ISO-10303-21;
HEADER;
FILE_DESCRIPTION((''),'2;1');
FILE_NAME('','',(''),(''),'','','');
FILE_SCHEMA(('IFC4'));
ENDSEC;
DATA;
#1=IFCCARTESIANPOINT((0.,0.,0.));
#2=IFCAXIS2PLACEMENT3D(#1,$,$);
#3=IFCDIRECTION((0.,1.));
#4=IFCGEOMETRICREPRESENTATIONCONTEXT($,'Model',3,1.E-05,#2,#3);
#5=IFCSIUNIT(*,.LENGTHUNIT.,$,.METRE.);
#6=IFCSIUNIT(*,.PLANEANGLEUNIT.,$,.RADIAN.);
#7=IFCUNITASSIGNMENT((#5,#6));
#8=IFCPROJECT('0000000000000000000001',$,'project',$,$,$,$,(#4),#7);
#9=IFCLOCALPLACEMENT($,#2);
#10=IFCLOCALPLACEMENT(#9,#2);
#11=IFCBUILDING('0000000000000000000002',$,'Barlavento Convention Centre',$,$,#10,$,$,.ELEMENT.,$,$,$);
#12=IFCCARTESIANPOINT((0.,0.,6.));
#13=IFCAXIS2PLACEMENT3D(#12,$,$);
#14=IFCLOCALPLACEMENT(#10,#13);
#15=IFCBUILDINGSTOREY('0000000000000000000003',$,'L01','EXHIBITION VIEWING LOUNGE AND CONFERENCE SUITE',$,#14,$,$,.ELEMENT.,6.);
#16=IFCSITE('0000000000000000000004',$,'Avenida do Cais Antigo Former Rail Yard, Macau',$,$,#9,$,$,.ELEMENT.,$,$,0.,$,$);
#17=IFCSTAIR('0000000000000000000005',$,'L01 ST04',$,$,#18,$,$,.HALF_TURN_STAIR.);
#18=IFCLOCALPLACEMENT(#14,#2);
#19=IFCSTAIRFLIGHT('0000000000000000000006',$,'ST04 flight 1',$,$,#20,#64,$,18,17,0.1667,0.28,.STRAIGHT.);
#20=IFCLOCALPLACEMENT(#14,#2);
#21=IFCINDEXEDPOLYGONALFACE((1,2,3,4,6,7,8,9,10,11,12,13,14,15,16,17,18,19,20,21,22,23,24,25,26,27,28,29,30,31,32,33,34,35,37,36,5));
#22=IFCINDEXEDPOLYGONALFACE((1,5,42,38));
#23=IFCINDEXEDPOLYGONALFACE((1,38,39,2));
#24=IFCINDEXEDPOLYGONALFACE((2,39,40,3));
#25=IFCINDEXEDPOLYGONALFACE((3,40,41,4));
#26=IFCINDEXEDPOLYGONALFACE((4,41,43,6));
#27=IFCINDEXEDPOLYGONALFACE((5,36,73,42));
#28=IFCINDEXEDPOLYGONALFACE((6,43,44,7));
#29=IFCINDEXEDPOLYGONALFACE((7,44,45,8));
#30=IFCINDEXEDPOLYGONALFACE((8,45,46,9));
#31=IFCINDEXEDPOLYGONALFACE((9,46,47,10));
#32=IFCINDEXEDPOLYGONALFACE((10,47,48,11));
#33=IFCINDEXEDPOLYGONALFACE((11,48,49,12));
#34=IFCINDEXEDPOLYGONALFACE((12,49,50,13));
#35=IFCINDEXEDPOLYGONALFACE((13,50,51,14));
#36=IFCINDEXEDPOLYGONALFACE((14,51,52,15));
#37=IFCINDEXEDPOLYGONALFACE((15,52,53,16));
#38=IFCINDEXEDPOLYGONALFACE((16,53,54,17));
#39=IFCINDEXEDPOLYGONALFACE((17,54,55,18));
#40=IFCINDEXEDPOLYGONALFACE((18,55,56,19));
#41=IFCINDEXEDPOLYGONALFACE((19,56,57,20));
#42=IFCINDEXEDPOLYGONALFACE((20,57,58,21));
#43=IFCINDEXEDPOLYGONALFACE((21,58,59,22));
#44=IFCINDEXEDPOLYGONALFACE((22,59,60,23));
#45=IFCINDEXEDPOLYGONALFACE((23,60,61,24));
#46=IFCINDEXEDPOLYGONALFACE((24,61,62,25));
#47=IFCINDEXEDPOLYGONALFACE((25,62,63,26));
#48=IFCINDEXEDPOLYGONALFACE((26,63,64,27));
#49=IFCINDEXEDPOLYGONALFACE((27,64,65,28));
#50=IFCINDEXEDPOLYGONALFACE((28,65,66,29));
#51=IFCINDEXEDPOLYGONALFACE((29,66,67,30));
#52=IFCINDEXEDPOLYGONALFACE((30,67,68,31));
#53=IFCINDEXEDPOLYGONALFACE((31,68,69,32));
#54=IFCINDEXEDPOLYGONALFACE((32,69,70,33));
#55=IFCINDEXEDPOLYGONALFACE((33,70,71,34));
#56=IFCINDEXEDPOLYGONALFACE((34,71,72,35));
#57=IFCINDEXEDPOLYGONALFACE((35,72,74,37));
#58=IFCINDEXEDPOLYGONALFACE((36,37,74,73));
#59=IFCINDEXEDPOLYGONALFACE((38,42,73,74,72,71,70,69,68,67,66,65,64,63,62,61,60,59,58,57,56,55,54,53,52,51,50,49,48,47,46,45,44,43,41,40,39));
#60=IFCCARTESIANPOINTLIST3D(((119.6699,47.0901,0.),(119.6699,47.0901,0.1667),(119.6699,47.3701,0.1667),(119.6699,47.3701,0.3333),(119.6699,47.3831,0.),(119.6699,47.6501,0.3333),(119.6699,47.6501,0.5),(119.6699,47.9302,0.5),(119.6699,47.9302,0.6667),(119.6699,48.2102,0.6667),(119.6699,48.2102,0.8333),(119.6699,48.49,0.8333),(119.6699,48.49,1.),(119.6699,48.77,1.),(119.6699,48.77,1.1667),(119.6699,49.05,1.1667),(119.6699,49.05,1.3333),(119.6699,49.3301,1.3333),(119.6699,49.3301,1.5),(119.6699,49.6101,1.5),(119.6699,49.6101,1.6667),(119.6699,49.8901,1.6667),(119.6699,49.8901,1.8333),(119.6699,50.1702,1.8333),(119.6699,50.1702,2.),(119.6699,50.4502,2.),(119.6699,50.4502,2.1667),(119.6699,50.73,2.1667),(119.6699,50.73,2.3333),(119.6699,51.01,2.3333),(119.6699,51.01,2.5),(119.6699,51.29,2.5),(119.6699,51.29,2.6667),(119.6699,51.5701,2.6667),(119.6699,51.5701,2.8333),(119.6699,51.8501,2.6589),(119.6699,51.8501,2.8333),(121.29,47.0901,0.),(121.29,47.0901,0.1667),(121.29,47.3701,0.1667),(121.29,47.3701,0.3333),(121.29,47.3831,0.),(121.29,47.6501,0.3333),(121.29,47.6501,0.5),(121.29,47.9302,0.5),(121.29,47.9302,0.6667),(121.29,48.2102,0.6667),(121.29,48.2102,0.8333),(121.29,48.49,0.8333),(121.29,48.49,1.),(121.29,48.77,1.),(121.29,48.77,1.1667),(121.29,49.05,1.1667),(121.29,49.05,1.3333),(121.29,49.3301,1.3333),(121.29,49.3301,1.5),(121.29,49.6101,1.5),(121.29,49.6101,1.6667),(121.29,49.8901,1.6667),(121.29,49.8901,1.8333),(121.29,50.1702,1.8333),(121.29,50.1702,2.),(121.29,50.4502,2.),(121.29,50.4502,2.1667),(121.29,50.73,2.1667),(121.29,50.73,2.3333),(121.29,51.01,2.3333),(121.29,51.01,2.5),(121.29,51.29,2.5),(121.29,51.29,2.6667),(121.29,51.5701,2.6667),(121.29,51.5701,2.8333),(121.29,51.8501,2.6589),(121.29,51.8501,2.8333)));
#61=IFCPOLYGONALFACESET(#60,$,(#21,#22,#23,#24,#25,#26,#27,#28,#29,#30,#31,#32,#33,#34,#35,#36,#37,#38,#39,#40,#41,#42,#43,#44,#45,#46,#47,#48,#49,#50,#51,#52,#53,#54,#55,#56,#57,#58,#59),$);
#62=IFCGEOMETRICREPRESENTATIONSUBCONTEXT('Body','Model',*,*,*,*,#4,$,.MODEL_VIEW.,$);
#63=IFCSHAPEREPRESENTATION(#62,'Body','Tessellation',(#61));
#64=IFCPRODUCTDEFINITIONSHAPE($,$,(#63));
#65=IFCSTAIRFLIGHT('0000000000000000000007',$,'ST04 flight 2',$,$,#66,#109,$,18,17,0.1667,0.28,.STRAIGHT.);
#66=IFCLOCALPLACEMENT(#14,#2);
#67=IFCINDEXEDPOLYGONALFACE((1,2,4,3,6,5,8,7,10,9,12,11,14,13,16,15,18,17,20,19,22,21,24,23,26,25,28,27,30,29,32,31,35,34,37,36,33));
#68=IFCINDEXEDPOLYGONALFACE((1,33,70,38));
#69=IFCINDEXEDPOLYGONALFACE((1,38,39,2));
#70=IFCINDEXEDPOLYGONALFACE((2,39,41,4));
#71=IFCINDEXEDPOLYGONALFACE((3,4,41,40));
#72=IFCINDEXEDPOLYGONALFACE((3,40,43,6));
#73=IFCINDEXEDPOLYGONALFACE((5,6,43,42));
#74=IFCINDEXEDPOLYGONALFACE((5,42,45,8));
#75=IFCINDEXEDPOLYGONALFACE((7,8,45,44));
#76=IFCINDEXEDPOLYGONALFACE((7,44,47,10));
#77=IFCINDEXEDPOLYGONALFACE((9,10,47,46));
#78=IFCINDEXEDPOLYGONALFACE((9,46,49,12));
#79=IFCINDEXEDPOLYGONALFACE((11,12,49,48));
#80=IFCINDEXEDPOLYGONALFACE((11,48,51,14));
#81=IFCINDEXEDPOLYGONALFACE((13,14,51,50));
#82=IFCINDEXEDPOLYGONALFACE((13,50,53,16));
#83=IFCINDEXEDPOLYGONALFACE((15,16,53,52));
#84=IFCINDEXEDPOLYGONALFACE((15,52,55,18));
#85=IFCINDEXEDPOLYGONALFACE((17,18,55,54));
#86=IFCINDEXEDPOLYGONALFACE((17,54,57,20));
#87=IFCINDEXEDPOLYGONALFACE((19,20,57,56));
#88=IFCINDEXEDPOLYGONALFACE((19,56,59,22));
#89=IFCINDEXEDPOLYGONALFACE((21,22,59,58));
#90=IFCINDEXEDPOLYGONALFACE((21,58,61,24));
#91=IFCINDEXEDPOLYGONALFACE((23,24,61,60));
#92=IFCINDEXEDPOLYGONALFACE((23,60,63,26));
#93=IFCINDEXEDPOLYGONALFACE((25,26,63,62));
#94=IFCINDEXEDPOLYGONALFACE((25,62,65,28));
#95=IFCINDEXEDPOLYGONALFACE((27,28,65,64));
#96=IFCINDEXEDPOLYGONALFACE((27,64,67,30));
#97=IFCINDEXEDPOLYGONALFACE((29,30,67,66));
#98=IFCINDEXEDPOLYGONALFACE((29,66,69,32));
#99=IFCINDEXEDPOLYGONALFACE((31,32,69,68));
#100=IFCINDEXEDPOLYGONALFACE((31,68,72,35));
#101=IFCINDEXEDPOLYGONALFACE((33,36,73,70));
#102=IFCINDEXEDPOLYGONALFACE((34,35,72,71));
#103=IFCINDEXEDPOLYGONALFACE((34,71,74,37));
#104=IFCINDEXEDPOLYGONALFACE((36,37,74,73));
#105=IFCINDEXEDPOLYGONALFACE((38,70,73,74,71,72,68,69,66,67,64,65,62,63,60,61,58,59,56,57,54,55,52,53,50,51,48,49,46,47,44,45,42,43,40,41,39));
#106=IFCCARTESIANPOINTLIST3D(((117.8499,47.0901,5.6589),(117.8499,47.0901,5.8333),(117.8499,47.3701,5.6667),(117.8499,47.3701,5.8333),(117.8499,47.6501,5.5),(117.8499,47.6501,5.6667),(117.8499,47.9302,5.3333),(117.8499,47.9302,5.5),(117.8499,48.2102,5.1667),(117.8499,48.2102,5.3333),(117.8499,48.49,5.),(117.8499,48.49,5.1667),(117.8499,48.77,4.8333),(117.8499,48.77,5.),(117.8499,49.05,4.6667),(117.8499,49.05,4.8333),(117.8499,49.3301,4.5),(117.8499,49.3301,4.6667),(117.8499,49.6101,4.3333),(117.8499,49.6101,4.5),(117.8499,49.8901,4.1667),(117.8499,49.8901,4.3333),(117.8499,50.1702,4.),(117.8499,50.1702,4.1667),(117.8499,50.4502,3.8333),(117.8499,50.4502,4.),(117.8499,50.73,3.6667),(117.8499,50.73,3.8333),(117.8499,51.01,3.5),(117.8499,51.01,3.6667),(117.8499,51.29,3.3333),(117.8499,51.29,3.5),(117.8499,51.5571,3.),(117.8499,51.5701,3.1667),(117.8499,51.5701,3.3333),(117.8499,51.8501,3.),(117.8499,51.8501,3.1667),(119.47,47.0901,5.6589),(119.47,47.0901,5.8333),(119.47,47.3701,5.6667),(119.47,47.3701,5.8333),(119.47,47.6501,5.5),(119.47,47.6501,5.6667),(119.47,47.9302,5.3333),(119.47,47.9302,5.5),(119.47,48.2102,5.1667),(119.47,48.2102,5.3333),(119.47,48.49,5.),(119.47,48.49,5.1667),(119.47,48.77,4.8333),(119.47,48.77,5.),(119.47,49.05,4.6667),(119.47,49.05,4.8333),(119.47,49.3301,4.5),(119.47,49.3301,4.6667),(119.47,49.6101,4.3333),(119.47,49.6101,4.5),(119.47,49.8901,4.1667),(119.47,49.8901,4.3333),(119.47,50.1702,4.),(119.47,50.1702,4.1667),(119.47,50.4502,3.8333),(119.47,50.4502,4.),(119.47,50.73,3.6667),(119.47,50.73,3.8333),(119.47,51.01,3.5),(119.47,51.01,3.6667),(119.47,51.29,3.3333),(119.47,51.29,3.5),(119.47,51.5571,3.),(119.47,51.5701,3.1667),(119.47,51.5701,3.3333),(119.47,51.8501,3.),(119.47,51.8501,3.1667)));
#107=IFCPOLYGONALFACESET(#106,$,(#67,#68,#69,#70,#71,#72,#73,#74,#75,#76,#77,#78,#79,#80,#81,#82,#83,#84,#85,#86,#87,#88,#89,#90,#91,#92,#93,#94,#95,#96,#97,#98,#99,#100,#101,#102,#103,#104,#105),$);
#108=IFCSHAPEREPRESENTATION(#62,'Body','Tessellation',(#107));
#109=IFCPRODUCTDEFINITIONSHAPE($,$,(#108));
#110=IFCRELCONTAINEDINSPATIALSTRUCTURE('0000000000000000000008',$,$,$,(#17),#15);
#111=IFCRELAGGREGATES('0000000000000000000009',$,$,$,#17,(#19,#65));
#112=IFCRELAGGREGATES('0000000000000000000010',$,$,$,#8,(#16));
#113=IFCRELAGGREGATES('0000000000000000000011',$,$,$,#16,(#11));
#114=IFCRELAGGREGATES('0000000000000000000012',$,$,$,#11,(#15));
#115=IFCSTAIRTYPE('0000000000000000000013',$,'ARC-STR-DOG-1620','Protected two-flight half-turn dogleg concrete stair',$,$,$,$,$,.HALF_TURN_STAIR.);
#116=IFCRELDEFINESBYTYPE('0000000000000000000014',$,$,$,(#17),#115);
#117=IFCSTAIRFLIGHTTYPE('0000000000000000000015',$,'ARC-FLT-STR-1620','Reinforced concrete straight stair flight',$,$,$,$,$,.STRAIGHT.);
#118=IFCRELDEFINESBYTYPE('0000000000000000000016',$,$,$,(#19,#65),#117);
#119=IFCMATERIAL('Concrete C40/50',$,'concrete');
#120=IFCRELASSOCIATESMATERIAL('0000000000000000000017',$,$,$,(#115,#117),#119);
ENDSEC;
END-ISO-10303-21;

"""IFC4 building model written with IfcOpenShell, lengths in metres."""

from ifc_helpers import new_model, si_unit, direction, frame, origin, place, context, subcontext, project, spatial, polyline, outline, extrude, material, type_object, element, aggregate, save


model = new_model("IFC4")

# Units and contexts
model_context = context("Model", 3, precision=1e-05, world=origin(), true_north=direction((0.0, 1.0)))
body_context = subcontext(model_context, "Body", "Model", "MODEL_VIEW")
ifc_project = project(units=[si_unit("LENGTHUNIT", "METRE"), si_unit("PLANEANGLEUNIT", "RADIAN")], contexts=[model_context])

# Site, building, storey
site_placement = place(None, origin())
site = spatial("IfcSite", under=ifc_project, at=site_placement, Name="Avenida do Cais Antigo Former Rail Yard, Macau", CompositionType="ELEMENT", RefElevation=0.0)
building_placement = place(site_placement, origin())
building = spatial("IfcBuilding", under=site, at=building_placement, Name="Barlavento Convention Centre", CompositionType="ELEMENT")
storey_placement = place(building_placement, frame((0.0, 0.0, 6.0)))
storey = spatial("IfcBuildingStorey", under=building, at=storey_placement, Name="L01", Description="EXHIBITION VIEWING LOUNGE AND CONFERENCE SUITE", CompositionType="ELEMENT", Elevation=6.0)

# Stair, stair flights
ifc_material_1 = material(Name="Concrete C40/50", Category="concrete")
stair_type = type_object("IfcStairType", Name="ARC-STR-DOG-1620", Description="Protected two-flight half-turn dogleg concrete stair", PredefinedType="HALF_TURN_STAIR", material=ifc_material_1)
stair_placement = place(storey_placement, origin())
stair = element("IfcStair", 1, at=stair_placement, inside=storey, type_object=stair_type, Name="L01 ST04", PredefinedType="HALF_TURN_STAIR")
stair_flight_type = type_object("IfcStairFlightType", Name="ARC-FLT-STR-1620", Description="Reinforced concrete straight stair flight", PredefinedType="STRAIGHT", material=ifc_material_1)
stair_flight_1_placement = place(storey_placement, frame((120.48, 47.0901, 0.0), z_axis=(0.0, 0.0, 1.0), x_axis=(0.0, 1.0, 0.0)))
stair_flight_1 = element("IfcStairFlight", 2, at=stair_flight_1_placement, type_object=stair_flight_type, Name="ST04 flight 1", NumberOfRisers=18, NumberOfTreads=17, PredefinedType="STRAIGHT", RiserHeight=0.1667, TreadLength=0.28, context=body_context, shape_type="SweptSolid", body=[
    extrude(outline(polyline([(0.0, 0.0), (0.0, 0.1667), (0.28, 0.1667), (0.28, 0.3333), (0.5601, 0.3333), (0.5601, 0.5), (0.8401, 0.5), (0.8401, 0.6667), (1.1201, 0.6667), (1.1201, 0.8333), (1.3999, 0.8333), (1.3999, 1.0), (1.6799, 1.0), (1.6799, 1.1667), (1.96, 1.1667), (1.96, 1.3333), (2.24, 1.3333), (2.24, 1.5), (2.52, 1.5), (2.52, 1.6667), (2.8, 1.6667), (2.8, 1.8333), (3.0801, 1.8333), (3.0801, 2.0), (3.3601, 2.0), (3.3601, 2.1667), (3.6399, 2.1667), (3.6399, 2.3333), (3.9199, 2.3333), (3.9199, 2.5), (4.2, 2.5), (4.2, 2.6667), (4.48, 2.6667), (4.48, 2.8333), (4.76, 2.8333), (4.76, 3.0), (4.76, 2.6589), (0.293, 0.0), (0.0, 0.0)])), frame((0.0, 0.8101, 0.0), z_axis=(0.0, -1.0, 0.0), x_axis=(1.0, 0.0, 0.0)), (0.0, 0.0, 1.0), 1.6201),
])
stair_flight_2_placement = place(storey_placement, frame((118.6599, 51.8501, 3.0), z_axis=(0.0, 0.0, 1.0), x_axis=(0.0, -1.0, 0.0)))
stair_flight_2 = element("IfcStairFlight", 3, at=stair_flight_2_placement, type_object=stair_flight_type, Name="ST04 flight 2", NumberOfRisers=18, NumberOfTreads=17, PredefinedType="STRAIGHT", RiserHeight=0.1667, TreadLength=0.28, context=body_context, shape_type="SweptSolid", body=[
    extrude(outline(polyline([(0.0, 0.0), (0.0, 0.1667), (0.28, 0.1667), (0.28, 0.3333), (0.5601, 0.3333), (0.5601, 0.5), (0.8401, 0.5), (0.8401, 0.6667), (1.1201, 0.6667), (1.1201, 0.8333), (1.3999, 0.8333), (1.3999, 1.0), (1.6799, 1.0), (1.6799, 1.1667), (1.96, 1.1667), (1.96, 1.3333), (2.24, 1.3333), (2.24, 1.5), (2.52, 1.5), (2.52, 1.6667), (2.8, 1.6667), (2.8, 1.8333), (3.0801, 1.8333), (3.0801, 2.0), (3.3601, 2.0), (3.3601, 2.1667), (3.6399, 2.1667), (3.6399, 2.3333), (3.9199, 2.3333), (3.9199, 2.5), (4.2, 2.5), (4.2, 2.6667), (4.48, 2.6667), (4.48, 2.8333), (4.76, 2.8333), (4.76, 3.0), (4.76, 2.6589), (0.293, 0.0), (0.0, 0.0)])), frame((0.0, 0.8101, 0.0), z_axis=(0.0, -1.0, 0.0), x_axis=(1.0, 0.0, 0.0)), (0.0, 0.0, 1.0), 1.6201),
])
aggregate(stair, [stair_flight_1, stair_flight_2])

save(model, "model.ifc")
